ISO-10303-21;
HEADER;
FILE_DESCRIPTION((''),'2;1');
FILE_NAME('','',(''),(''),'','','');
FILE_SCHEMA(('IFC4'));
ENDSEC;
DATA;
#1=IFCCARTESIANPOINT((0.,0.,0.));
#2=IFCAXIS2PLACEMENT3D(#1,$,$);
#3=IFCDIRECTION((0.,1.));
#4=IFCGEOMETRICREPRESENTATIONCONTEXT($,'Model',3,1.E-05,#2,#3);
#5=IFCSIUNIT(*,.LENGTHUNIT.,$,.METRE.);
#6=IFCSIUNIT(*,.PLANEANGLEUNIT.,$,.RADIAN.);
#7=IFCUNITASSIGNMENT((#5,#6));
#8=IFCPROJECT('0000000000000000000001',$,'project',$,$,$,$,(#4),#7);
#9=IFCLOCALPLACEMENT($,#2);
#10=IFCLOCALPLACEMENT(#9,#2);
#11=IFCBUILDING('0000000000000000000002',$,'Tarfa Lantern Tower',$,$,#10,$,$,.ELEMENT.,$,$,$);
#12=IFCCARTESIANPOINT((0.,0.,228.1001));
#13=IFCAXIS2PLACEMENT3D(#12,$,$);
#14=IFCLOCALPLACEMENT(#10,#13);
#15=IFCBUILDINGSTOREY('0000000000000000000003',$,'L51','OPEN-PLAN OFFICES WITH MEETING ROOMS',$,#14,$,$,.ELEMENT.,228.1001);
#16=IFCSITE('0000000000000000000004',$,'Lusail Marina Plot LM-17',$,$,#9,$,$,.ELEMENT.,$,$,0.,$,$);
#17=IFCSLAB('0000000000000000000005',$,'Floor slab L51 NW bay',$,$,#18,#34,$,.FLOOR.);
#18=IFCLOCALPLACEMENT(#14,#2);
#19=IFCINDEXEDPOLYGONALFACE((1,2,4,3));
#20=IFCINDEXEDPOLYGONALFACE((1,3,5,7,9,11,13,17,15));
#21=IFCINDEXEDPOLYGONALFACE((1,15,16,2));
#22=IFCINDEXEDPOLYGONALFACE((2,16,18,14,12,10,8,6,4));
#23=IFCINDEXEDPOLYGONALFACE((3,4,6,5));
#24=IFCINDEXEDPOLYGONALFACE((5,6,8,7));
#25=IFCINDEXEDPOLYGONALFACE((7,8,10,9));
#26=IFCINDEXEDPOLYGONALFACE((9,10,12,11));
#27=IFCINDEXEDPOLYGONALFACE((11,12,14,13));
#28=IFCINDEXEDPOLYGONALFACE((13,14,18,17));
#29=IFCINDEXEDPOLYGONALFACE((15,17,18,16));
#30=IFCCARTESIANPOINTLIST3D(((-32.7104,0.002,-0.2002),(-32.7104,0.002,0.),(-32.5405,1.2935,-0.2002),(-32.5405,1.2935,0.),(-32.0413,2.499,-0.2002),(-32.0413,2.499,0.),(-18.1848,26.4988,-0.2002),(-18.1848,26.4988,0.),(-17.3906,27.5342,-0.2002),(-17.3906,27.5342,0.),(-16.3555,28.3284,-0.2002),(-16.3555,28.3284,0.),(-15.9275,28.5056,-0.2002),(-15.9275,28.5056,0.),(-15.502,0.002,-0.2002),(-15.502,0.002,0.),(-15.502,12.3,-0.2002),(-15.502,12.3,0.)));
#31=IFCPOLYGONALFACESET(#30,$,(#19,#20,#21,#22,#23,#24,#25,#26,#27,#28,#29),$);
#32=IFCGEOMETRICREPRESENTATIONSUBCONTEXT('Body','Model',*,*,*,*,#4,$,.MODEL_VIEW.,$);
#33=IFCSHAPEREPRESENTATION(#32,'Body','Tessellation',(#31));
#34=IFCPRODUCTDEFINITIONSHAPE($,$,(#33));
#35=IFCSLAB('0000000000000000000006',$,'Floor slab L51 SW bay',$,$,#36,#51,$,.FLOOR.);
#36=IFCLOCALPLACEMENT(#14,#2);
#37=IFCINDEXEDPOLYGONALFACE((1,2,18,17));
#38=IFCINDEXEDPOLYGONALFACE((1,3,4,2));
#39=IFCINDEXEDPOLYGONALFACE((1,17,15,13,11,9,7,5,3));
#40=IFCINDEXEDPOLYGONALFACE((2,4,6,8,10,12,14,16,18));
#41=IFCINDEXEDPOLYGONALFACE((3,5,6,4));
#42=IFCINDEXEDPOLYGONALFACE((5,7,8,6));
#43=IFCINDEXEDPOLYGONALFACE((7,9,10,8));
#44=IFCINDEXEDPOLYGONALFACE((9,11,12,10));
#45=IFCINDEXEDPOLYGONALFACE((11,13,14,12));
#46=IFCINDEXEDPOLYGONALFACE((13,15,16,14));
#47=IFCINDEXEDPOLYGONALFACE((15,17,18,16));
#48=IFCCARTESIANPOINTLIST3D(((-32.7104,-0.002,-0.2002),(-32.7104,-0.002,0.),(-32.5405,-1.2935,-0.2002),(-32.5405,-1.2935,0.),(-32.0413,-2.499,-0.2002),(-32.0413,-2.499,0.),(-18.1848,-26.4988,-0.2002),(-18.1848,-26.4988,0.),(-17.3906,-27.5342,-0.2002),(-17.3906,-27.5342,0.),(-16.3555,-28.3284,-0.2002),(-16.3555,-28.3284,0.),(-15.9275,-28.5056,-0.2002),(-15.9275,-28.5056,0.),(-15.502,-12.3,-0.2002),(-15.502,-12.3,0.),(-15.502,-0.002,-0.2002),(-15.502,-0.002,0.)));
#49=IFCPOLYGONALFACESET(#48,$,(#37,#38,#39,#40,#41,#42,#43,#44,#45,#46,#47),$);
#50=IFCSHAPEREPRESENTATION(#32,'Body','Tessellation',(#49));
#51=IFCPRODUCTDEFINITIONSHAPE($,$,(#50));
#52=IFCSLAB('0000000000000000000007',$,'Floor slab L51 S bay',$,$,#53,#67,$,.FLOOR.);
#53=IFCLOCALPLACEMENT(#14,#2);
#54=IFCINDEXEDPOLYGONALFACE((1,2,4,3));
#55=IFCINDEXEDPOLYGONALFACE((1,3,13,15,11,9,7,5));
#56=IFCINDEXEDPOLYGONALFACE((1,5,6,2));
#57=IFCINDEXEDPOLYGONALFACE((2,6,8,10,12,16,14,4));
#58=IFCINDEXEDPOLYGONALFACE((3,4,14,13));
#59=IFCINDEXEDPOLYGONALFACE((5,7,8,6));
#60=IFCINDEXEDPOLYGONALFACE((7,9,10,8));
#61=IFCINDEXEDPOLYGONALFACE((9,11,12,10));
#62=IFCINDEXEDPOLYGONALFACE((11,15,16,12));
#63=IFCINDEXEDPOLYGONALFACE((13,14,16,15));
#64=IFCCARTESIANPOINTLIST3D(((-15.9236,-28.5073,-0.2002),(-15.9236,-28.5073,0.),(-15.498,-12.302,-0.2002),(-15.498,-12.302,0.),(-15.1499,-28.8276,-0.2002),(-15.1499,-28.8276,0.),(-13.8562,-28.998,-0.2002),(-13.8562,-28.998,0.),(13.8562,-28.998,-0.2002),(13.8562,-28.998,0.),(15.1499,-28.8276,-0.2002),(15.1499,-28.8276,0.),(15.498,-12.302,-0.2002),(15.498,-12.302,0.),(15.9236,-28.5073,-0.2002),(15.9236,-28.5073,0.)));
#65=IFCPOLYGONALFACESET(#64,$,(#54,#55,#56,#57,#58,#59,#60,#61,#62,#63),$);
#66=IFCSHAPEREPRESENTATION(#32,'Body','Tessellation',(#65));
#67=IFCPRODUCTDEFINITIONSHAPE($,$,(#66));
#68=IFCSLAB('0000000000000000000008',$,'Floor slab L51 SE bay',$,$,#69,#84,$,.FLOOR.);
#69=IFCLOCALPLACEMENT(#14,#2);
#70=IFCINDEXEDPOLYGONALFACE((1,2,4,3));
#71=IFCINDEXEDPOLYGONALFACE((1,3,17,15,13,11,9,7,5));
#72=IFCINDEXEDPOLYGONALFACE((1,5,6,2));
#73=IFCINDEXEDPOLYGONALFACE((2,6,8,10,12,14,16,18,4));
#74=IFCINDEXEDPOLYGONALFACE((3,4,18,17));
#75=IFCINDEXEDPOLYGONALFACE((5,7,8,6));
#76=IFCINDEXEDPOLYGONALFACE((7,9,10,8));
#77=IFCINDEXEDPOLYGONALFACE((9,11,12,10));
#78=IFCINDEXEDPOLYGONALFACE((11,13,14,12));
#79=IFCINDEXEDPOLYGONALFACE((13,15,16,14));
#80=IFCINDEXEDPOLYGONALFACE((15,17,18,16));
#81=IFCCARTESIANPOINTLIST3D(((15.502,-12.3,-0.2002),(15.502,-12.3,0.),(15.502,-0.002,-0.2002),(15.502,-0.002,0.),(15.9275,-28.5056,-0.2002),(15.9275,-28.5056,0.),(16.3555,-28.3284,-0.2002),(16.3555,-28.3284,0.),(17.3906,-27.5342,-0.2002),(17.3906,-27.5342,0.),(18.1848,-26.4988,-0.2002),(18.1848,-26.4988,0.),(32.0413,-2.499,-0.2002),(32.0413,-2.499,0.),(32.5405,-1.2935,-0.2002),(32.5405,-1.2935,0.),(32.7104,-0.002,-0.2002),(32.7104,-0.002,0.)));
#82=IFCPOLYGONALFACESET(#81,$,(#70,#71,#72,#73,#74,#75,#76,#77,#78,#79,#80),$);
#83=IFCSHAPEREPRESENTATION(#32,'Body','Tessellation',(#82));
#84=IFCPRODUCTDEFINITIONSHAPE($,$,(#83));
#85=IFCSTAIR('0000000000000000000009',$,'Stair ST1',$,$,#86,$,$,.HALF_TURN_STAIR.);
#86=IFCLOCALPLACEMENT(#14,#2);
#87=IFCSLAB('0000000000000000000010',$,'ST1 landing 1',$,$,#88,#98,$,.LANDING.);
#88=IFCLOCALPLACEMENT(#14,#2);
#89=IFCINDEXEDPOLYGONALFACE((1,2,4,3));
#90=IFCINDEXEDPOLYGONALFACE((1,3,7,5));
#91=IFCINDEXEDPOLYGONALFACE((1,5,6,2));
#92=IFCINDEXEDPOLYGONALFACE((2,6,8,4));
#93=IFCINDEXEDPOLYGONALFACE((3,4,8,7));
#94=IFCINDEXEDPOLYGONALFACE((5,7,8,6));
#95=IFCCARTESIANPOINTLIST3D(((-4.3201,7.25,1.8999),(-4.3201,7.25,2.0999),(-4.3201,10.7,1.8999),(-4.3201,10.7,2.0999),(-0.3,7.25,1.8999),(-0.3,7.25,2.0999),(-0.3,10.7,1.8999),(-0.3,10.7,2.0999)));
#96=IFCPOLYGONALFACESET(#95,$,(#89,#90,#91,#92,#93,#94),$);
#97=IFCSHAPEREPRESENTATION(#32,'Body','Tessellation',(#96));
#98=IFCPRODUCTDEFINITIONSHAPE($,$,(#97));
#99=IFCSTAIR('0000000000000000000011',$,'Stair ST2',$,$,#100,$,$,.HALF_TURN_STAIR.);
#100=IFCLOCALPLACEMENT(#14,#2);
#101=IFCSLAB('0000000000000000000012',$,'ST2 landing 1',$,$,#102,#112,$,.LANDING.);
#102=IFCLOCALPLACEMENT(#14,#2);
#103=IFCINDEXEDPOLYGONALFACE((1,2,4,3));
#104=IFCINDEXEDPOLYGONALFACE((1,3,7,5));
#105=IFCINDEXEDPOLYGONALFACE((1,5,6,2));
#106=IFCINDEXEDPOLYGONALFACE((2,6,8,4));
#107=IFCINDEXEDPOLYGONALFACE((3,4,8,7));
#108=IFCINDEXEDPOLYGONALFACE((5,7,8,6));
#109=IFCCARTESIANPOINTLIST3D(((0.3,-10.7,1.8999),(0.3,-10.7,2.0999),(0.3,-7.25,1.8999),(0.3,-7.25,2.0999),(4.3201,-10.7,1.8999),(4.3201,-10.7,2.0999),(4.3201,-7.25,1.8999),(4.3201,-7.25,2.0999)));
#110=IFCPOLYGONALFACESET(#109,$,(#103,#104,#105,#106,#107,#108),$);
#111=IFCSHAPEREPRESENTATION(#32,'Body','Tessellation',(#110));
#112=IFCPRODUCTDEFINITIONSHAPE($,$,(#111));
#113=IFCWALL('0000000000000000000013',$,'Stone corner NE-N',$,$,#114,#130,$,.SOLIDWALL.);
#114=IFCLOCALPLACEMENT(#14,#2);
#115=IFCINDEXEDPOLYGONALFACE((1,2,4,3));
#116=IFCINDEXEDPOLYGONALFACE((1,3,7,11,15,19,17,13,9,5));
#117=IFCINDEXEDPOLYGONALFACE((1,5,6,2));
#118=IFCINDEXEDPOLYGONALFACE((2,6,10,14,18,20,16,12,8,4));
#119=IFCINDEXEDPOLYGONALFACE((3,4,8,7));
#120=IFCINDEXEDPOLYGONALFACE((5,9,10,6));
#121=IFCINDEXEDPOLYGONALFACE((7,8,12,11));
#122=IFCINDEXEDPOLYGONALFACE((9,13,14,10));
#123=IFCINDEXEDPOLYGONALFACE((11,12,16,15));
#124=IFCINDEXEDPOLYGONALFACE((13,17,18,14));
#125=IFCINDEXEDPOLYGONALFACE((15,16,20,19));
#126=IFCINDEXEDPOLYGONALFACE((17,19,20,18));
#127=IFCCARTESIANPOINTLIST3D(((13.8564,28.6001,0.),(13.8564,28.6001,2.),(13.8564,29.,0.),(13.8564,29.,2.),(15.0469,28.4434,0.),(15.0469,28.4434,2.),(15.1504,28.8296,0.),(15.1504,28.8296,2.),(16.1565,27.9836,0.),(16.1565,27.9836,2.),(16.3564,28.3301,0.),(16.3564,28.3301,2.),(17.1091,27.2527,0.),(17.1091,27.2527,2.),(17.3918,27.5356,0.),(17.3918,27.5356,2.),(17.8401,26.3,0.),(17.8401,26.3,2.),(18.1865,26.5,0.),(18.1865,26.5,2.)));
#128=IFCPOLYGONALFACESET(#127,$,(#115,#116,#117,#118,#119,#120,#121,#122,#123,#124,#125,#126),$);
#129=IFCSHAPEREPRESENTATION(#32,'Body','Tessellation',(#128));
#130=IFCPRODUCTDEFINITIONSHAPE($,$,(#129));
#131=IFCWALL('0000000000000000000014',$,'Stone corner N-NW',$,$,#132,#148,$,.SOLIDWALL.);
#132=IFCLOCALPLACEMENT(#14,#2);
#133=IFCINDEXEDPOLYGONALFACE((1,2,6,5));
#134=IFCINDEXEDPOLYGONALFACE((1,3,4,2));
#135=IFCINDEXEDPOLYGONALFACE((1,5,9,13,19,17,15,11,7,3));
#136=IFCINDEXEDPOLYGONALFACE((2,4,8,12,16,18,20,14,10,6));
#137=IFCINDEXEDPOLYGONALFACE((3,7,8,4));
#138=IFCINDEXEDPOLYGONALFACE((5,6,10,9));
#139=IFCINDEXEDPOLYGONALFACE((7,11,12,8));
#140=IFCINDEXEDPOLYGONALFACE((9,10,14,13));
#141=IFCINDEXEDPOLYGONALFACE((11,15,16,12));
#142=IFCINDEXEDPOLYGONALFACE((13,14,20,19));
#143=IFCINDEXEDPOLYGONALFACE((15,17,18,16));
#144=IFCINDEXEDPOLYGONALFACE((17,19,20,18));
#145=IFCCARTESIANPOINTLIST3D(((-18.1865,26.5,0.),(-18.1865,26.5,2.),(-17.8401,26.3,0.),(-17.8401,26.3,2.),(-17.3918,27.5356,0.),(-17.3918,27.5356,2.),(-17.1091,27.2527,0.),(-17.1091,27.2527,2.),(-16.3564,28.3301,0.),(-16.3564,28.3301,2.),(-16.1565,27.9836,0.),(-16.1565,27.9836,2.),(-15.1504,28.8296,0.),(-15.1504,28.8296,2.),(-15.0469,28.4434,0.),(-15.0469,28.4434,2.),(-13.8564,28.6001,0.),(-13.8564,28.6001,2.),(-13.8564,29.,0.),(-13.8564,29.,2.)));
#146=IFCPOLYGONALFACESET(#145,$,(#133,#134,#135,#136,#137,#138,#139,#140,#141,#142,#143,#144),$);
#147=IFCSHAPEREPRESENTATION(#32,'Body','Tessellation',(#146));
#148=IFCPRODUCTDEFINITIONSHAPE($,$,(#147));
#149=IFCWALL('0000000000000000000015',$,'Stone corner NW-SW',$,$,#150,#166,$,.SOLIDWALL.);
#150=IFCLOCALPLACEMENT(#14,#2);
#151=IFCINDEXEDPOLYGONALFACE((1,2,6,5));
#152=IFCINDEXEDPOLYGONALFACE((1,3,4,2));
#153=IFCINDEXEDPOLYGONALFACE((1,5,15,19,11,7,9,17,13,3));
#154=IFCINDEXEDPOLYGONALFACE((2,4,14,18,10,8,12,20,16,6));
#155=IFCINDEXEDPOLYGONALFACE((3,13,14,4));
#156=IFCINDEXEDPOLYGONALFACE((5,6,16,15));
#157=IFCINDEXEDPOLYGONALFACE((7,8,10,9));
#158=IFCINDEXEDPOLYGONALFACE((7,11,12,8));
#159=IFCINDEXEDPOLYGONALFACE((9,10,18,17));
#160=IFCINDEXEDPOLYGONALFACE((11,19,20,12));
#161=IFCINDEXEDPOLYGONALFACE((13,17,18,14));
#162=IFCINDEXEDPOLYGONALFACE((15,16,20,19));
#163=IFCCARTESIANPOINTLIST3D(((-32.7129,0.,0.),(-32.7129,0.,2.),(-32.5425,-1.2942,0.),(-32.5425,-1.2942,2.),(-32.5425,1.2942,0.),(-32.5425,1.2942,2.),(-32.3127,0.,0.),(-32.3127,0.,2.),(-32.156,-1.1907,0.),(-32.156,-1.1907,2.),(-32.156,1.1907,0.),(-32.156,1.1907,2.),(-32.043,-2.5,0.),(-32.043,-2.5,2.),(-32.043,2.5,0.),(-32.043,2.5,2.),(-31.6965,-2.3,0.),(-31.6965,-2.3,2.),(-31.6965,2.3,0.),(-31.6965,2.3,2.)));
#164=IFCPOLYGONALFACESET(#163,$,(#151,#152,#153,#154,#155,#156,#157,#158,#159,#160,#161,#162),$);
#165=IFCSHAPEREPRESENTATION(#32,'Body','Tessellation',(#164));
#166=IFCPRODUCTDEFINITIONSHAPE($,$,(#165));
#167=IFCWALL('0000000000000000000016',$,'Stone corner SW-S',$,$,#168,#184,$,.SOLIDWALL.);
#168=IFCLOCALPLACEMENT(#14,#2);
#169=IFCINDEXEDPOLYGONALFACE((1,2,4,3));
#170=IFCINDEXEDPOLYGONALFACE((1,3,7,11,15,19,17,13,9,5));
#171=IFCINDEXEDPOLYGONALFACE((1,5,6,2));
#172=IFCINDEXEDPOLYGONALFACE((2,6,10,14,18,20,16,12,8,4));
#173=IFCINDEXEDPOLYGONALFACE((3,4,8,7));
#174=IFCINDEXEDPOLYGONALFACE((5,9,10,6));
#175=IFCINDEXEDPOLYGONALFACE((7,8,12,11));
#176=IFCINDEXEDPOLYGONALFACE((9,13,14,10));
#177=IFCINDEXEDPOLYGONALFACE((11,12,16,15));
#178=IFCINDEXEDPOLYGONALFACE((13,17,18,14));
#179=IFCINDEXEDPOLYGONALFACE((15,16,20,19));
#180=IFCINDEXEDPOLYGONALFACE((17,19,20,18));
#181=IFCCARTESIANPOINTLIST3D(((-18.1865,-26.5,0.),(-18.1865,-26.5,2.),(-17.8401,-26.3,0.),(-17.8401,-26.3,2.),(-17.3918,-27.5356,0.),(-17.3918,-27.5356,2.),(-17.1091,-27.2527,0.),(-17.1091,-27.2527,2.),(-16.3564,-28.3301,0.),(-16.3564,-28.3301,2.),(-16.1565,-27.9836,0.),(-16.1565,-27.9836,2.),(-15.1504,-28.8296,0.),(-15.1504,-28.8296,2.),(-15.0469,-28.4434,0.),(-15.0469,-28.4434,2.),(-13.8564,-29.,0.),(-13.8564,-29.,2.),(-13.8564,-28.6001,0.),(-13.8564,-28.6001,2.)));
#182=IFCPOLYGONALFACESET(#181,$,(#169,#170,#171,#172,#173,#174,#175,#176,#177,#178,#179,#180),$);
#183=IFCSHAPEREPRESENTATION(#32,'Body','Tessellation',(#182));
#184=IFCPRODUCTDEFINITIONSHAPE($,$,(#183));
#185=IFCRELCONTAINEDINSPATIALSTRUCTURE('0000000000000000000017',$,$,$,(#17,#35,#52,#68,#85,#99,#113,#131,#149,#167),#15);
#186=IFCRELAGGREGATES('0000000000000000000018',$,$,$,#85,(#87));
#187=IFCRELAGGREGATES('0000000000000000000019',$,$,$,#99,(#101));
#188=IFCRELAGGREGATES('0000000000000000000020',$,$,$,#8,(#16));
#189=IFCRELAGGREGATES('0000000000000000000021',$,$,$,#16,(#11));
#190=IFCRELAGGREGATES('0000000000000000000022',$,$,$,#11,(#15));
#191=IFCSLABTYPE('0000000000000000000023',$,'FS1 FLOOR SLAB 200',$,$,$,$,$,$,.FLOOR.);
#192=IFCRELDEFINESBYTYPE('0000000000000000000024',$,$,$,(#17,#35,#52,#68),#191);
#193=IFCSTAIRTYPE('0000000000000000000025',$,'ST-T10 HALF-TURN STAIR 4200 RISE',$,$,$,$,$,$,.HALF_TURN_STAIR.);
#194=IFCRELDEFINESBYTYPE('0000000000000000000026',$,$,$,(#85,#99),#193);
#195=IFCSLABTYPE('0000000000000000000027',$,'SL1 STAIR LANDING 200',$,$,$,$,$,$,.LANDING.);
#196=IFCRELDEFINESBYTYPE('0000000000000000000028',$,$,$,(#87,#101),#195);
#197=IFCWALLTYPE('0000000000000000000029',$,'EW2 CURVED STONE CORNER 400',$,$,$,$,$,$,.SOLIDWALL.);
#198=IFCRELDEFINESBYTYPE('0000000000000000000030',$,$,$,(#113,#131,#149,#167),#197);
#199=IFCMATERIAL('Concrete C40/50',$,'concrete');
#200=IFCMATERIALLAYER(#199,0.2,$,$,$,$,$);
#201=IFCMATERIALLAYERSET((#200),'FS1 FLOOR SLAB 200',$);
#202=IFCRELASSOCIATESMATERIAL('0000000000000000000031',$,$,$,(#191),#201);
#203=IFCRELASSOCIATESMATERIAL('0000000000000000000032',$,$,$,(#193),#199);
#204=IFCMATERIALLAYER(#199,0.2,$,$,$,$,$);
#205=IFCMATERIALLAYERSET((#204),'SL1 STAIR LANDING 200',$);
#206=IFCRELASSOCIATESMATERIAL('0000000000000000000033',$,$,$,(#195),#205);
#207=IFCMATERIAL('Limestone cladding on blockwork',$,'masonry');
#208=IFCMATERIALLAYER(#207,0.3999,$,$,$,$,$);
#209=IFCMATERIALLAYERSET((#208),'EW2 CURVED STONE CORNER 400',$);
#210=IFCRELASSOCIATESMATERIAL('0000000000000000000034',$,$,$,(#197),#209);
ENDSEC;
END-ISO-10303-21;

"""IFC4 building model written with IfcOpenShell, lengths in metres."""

from ifc_helpers import new_model, si_unit, direction, frame, origin, place, context, subcontext, project, spatial, polyline, outline, extrude, material, layer, layer_set, type_object, element, aggregate, save


model = new_model("IFC4")

# Units and contexts
model_context = context("Model", 3, precision=1e-05, world=origin(), true_north=direction((0.0, 1.0)))
body_context = subcontext(model_context, "Body", "Model", "MODEL_VIEW")
ifc_project = project(units=[si_unit("LENGTHUNIT", "METRE"), si_unit("PLANEANGLEUNIT", "RADIAN")], contexts=[model_context])

# Site, building, storey
site_placement = place(None, origin())
site = spatial("IfcSite", under=ifc_project, at=site_placement, Name="Lusail Marina Plot LM-17", CompositionType="ELEMENT", RefElevation=0.0)
building_placement = place(site_placement, origin())
building = spatial("IfcBuilding", under=site, at=building_placement, Name="Tarfa Lantern Tower", CompositionType="ELEMENT")
storey_placement = place(building_placement, frame((0.0, 0.0, 228.1001)))
storey = spatial("IfcBuildingStorey", under=building, at=storey_placement, Name="L51", Description="OPEN-PLAN OFFICES WITH MEETING ROOMS", CompositionType="ELEMENT", Elevation=228.1001)

# Slabs
ifc_material_1 = material(Name="Concrete C40/50", Category="concrete")
ifc_layer_1 = layer(ifc_material_1, 0.2)
ifc_layer_set_1 = layer_set([ifc_layer_1], Name="FS1 FLOOR SLAB 200")
slab_type_1 = type_object("IfcSlabType", Name="FS1 FLOOR SLAB 200", PredefinedType="FLOOR", material=ifc_layer_set_1)
slab_1_placement = place(storey_placement, frame((0.0, 0.0, -0.2002)))
element("IfcSlab", 1, at=slab_1_placement, inside=storey, type_object=slab_type_1, Name="Floor slab L51 NW bay", PredefinedType="FLOOR", context=body_context, shape_type="SweptSolid", body=[
    extrude(outline(polyline([(-15.502, 0.002), (-15.502, 12.3), (-15.9275, 28.5056), (-16.3555, 28.3284), (-17.3906, 27.5342), (-18.1848, 26.4988), (-32.0413, 2.499), (-32.5405, 1.2935), (-32.7104, 0.002), (-15.502, 0.002)])), origin(), (0.0, 0.0, 1.0), 0.2002),
])
slab_2_placement = place(storey_placement, frame((0.0, 0.0, -0.2002)))
element("IfcSlab", 2, at=slab_2_placement, inside=storey, type_object=slab_type_1, Name="Floor slab L51 SW bay", PredefinedType="FLOOR", context=body_context, shape_type="SweptSolid", body=[
    extrude(outline(polyline([(-15.502, -12.3), (-15.502, -0.002), (-32.7104, -0.002), (-32.5405, -1.2935), (-32.0413, -2.499), (-18.1848, -26.4988), (-17.3906, -27.5342), (-16.3555, -28.3284), (-15.9275, -28.5056), (-15.502, -12.3)])), origin(), (0.0, 0.0, 1.0), 0.2002),
])
slab_3_placement = place(storey_placement, frame((0.0, 0.0, -0.2002)))
element("IfcSlab", 3, at=slab_3_placement, inside=storey, type_object=slab_type_1, Name="Floor slab L51 S bay", PredefinedType="FLOOR", context=body_context, shape_type="SweptSolid", body=[
    extrude(outline(polyline([(15.498, -12.302), (-15.498, -12.302), (-15.9236, -28.5073), (-15.1499, -28.8276), (-13.8562, -28.998), (13.8562, -28.998), (15.1499, -28.8276), (15.9236, -28.5073), (15.498, -12.302)])), origin(), (0.0, 0.0, 1.0), 0.2002),
])
slab_4_placement = place(storey_placement, frame((0.0, 0.0, -0.2002)))
element("IfcSlab", 4, at=slab_4_placement, inside=storey, type_object=slab_type_1, Name="Floor slab L51 SE bay", PredefinedType="FLOOR", context=body_context, shape_type="SweptSolid", body=[
    extrude(outline(polyline([(15.502, -0.002), (15.502, -12.3), (15.9275, -28.5056), (16.3555, -28.3284), (17.3906, -27.5342), (18.1848, -26.4988), (32.0413, -2.499), (32.5405, -1.2935), (32.7104, -0.002), (15.502, -0.002)])), origin(), (0.0, 0.0, 1.0), 0.2002),
])

# Stairs, slabs
stair_type = type_object("IfcStairType", Name="ST-T10 HALF-TURN STAIR 4200 RISE", PredefinedType="HALF_TURN_STAIR", material=ifc_material_1)
stair_1_placement = place(storey_placement, origin())
stair_1 = element("IfcStair", 5, at=stair_1_placement, inside=storey, type_object=stair_type, Name="Stair ST1", PredefinedType="HALF_TURN_STAIR")
ifc_layer_2 = layer(ifc_material_1, 0.2)
ifc_layer_set_2 = layer_set([ifc_layer_2], Name="SL1 STAIR LANDING 200")
slab_type_2 = type_object("IfcSlabType", Name="SL1 STAIR LANDING 200", PredefinedType="LANDING", material=ifc_layer_set_2)
slab_5_placement = place(storey_placement, frame((0.0, 0.0, 1.8999)))
slab_5 = element("IfcSlab", 6, at=slab_5_placement, type_object=slab_type_2, Name="ST1 landing 1", PredefinedType="LANDING", context=body_context, shape_type="SweptSolid", body=[
    extrude(outline(polyline([(-4.3201, 7.25), (-0.3, 7.25), (-0.3, 10.7), (-4.3201, 10.7), (-4.3201, 7.25)])), origin(), (0.0, 0.0, 1.0), 0.2),
])
aggregate(stair_1, [slab_5])
stair_2_placement = place(storey_placement, origin())
stair_2 = element("IfcStair", 7, at=stair_2_placement, inside=storey, type_object=stair_type, Name="Stair ST2", PredefinedType="HALF_TURN_STAIR")
slab_6_placement = place(storey_placement, frame((0.0, 0.0, 1.8999)))
slab_6 = element("IfcSlab", 8, at=slab_6_placement, type_object=slab_type_2, Name="ST2 landing 1", PredefinedType="LANDING", context=body_context, shape_type="SweptSolid", body=[
    extrude(outline(polyline([(4.3201, -7.25), (0.3, -7.25), (0.3, -10.7), (4.3201, -10.7), (4.3201, -7.25)])), origin(), (0.0, 0.0, 1.0), 0.2),
])
aggregate(stair_2, [slab_6])

# Walls
ifc_material_2 = material(Name="Limestone cladding on blockwork", Category="masonry")
ifc_layer_3 = layer(ifc_material_2, 0.3999)
ifc_layer_set_3 = layer_set([ifc_layer_3], Name="EW2 CURVED STONE CORNER 400")
wall_type_1 = type_object("IfcWallType", Name="EW2 CURVED STONE CORNER 400", PredefinedType="SOLIDWALL", material=ifc_layer_set_3)
wall_1_placement = place(storey_placement, origin())
element("IfcWall", 9, at=wall_1_placement, inside=storey, type_object=wall_type_1, Name="Stone corner NE-N", PredefinedType="SOLIDWALL", context=body_context, shape_type="SweptSolid", body=[
    extrude(outline(polyline([(18.1865, 26.5), (17.3918, 27.5356), (16.3564, 28.3301), (15.1504, 28.8296), (13.8564, 29.0), (13.8564, 28.6001), (15.0469, 28.4434), (16.1565, 27.9836), (17.1091, 27.2527), (17.8401, 26.3), (18.1865, 26.5)])), origin(), (0.0, 0.0, 1.0), 2.0),
])
wall_2_placement = place(storey_placement, origin())
element("IfcWall", 10, at=wall_2_placement, inside=storey, type_object=wall_type_1, Name="Stone corner N-NW", PredefinedType="SOLIDWALL", context=body_context, shape_type="SweptSolid", body=[
    extrude(outline(polyline([(-13.8564, 29.0), (-15.1504, 28.8296), (-16.3564, 28.3301), (-17.3918, 27.5356), (-18.1865, 26.5), (-17.8401, 26.3), (-17.1091, 27.2527), (-16.1565, 27.9836), (-15.0469, 28.4434), (-13.8564, 28.6001), (-13.8564, 29.0)])), origin(), (0.0, 0.0, 1.0), 2.0),
])
wall_3_placement = place(storey_placement, origin())
element("IfcWall", 11, at=wall_3_placement, inside=storey, type_object=wall_type_1, Name="Stone corner NW-SW", PredefinedType="SOLIDWALL", context=body_context, shape_type="SweptSolid", body=[
    extrude(outline(polyline([(-32.043, 2.5), (-32.5425, 1.2942), (-32.7129, 0.0), (-32.5425, -1.2942), (-32.043, -2.5), (-31.6965, -2.3), (-32.156, -1.1907), (-32.3127, 0.0), (-32.156, 1.1907), (-31.6965, 2.3), (-32.043, 2.5)])), origin(), (0.0, 0.0, 1.0), 2.0),
])
wall_4_placement = place(storey_placement, origin())
element("IfcWall", 12, at=wall_4_placement, inside=storey, type_object=wall_type_1, Name="Stone corner SW-S", PredefinedType="SOLIDWALL", context=body_context, shape_type="SweptSolid", body=[
    extrude(outline(polyline([(-18.1865, -26.5), (-17.3918, -27.5356), (-16.3564, -28.3301), (-15.1504, -28.8296), (-13.8564, -29.0), (-13.8564, -28.6001), (-15.0469, -28.4434), (-16.1565, -27.9836), (-17.1091, -27.2527), (-17.8401, -26.3), (-18.1865, -26.5)])), origin(), (0.0, 0.0, 1.0), 2.0),
])

save(model, "model.ifc")
